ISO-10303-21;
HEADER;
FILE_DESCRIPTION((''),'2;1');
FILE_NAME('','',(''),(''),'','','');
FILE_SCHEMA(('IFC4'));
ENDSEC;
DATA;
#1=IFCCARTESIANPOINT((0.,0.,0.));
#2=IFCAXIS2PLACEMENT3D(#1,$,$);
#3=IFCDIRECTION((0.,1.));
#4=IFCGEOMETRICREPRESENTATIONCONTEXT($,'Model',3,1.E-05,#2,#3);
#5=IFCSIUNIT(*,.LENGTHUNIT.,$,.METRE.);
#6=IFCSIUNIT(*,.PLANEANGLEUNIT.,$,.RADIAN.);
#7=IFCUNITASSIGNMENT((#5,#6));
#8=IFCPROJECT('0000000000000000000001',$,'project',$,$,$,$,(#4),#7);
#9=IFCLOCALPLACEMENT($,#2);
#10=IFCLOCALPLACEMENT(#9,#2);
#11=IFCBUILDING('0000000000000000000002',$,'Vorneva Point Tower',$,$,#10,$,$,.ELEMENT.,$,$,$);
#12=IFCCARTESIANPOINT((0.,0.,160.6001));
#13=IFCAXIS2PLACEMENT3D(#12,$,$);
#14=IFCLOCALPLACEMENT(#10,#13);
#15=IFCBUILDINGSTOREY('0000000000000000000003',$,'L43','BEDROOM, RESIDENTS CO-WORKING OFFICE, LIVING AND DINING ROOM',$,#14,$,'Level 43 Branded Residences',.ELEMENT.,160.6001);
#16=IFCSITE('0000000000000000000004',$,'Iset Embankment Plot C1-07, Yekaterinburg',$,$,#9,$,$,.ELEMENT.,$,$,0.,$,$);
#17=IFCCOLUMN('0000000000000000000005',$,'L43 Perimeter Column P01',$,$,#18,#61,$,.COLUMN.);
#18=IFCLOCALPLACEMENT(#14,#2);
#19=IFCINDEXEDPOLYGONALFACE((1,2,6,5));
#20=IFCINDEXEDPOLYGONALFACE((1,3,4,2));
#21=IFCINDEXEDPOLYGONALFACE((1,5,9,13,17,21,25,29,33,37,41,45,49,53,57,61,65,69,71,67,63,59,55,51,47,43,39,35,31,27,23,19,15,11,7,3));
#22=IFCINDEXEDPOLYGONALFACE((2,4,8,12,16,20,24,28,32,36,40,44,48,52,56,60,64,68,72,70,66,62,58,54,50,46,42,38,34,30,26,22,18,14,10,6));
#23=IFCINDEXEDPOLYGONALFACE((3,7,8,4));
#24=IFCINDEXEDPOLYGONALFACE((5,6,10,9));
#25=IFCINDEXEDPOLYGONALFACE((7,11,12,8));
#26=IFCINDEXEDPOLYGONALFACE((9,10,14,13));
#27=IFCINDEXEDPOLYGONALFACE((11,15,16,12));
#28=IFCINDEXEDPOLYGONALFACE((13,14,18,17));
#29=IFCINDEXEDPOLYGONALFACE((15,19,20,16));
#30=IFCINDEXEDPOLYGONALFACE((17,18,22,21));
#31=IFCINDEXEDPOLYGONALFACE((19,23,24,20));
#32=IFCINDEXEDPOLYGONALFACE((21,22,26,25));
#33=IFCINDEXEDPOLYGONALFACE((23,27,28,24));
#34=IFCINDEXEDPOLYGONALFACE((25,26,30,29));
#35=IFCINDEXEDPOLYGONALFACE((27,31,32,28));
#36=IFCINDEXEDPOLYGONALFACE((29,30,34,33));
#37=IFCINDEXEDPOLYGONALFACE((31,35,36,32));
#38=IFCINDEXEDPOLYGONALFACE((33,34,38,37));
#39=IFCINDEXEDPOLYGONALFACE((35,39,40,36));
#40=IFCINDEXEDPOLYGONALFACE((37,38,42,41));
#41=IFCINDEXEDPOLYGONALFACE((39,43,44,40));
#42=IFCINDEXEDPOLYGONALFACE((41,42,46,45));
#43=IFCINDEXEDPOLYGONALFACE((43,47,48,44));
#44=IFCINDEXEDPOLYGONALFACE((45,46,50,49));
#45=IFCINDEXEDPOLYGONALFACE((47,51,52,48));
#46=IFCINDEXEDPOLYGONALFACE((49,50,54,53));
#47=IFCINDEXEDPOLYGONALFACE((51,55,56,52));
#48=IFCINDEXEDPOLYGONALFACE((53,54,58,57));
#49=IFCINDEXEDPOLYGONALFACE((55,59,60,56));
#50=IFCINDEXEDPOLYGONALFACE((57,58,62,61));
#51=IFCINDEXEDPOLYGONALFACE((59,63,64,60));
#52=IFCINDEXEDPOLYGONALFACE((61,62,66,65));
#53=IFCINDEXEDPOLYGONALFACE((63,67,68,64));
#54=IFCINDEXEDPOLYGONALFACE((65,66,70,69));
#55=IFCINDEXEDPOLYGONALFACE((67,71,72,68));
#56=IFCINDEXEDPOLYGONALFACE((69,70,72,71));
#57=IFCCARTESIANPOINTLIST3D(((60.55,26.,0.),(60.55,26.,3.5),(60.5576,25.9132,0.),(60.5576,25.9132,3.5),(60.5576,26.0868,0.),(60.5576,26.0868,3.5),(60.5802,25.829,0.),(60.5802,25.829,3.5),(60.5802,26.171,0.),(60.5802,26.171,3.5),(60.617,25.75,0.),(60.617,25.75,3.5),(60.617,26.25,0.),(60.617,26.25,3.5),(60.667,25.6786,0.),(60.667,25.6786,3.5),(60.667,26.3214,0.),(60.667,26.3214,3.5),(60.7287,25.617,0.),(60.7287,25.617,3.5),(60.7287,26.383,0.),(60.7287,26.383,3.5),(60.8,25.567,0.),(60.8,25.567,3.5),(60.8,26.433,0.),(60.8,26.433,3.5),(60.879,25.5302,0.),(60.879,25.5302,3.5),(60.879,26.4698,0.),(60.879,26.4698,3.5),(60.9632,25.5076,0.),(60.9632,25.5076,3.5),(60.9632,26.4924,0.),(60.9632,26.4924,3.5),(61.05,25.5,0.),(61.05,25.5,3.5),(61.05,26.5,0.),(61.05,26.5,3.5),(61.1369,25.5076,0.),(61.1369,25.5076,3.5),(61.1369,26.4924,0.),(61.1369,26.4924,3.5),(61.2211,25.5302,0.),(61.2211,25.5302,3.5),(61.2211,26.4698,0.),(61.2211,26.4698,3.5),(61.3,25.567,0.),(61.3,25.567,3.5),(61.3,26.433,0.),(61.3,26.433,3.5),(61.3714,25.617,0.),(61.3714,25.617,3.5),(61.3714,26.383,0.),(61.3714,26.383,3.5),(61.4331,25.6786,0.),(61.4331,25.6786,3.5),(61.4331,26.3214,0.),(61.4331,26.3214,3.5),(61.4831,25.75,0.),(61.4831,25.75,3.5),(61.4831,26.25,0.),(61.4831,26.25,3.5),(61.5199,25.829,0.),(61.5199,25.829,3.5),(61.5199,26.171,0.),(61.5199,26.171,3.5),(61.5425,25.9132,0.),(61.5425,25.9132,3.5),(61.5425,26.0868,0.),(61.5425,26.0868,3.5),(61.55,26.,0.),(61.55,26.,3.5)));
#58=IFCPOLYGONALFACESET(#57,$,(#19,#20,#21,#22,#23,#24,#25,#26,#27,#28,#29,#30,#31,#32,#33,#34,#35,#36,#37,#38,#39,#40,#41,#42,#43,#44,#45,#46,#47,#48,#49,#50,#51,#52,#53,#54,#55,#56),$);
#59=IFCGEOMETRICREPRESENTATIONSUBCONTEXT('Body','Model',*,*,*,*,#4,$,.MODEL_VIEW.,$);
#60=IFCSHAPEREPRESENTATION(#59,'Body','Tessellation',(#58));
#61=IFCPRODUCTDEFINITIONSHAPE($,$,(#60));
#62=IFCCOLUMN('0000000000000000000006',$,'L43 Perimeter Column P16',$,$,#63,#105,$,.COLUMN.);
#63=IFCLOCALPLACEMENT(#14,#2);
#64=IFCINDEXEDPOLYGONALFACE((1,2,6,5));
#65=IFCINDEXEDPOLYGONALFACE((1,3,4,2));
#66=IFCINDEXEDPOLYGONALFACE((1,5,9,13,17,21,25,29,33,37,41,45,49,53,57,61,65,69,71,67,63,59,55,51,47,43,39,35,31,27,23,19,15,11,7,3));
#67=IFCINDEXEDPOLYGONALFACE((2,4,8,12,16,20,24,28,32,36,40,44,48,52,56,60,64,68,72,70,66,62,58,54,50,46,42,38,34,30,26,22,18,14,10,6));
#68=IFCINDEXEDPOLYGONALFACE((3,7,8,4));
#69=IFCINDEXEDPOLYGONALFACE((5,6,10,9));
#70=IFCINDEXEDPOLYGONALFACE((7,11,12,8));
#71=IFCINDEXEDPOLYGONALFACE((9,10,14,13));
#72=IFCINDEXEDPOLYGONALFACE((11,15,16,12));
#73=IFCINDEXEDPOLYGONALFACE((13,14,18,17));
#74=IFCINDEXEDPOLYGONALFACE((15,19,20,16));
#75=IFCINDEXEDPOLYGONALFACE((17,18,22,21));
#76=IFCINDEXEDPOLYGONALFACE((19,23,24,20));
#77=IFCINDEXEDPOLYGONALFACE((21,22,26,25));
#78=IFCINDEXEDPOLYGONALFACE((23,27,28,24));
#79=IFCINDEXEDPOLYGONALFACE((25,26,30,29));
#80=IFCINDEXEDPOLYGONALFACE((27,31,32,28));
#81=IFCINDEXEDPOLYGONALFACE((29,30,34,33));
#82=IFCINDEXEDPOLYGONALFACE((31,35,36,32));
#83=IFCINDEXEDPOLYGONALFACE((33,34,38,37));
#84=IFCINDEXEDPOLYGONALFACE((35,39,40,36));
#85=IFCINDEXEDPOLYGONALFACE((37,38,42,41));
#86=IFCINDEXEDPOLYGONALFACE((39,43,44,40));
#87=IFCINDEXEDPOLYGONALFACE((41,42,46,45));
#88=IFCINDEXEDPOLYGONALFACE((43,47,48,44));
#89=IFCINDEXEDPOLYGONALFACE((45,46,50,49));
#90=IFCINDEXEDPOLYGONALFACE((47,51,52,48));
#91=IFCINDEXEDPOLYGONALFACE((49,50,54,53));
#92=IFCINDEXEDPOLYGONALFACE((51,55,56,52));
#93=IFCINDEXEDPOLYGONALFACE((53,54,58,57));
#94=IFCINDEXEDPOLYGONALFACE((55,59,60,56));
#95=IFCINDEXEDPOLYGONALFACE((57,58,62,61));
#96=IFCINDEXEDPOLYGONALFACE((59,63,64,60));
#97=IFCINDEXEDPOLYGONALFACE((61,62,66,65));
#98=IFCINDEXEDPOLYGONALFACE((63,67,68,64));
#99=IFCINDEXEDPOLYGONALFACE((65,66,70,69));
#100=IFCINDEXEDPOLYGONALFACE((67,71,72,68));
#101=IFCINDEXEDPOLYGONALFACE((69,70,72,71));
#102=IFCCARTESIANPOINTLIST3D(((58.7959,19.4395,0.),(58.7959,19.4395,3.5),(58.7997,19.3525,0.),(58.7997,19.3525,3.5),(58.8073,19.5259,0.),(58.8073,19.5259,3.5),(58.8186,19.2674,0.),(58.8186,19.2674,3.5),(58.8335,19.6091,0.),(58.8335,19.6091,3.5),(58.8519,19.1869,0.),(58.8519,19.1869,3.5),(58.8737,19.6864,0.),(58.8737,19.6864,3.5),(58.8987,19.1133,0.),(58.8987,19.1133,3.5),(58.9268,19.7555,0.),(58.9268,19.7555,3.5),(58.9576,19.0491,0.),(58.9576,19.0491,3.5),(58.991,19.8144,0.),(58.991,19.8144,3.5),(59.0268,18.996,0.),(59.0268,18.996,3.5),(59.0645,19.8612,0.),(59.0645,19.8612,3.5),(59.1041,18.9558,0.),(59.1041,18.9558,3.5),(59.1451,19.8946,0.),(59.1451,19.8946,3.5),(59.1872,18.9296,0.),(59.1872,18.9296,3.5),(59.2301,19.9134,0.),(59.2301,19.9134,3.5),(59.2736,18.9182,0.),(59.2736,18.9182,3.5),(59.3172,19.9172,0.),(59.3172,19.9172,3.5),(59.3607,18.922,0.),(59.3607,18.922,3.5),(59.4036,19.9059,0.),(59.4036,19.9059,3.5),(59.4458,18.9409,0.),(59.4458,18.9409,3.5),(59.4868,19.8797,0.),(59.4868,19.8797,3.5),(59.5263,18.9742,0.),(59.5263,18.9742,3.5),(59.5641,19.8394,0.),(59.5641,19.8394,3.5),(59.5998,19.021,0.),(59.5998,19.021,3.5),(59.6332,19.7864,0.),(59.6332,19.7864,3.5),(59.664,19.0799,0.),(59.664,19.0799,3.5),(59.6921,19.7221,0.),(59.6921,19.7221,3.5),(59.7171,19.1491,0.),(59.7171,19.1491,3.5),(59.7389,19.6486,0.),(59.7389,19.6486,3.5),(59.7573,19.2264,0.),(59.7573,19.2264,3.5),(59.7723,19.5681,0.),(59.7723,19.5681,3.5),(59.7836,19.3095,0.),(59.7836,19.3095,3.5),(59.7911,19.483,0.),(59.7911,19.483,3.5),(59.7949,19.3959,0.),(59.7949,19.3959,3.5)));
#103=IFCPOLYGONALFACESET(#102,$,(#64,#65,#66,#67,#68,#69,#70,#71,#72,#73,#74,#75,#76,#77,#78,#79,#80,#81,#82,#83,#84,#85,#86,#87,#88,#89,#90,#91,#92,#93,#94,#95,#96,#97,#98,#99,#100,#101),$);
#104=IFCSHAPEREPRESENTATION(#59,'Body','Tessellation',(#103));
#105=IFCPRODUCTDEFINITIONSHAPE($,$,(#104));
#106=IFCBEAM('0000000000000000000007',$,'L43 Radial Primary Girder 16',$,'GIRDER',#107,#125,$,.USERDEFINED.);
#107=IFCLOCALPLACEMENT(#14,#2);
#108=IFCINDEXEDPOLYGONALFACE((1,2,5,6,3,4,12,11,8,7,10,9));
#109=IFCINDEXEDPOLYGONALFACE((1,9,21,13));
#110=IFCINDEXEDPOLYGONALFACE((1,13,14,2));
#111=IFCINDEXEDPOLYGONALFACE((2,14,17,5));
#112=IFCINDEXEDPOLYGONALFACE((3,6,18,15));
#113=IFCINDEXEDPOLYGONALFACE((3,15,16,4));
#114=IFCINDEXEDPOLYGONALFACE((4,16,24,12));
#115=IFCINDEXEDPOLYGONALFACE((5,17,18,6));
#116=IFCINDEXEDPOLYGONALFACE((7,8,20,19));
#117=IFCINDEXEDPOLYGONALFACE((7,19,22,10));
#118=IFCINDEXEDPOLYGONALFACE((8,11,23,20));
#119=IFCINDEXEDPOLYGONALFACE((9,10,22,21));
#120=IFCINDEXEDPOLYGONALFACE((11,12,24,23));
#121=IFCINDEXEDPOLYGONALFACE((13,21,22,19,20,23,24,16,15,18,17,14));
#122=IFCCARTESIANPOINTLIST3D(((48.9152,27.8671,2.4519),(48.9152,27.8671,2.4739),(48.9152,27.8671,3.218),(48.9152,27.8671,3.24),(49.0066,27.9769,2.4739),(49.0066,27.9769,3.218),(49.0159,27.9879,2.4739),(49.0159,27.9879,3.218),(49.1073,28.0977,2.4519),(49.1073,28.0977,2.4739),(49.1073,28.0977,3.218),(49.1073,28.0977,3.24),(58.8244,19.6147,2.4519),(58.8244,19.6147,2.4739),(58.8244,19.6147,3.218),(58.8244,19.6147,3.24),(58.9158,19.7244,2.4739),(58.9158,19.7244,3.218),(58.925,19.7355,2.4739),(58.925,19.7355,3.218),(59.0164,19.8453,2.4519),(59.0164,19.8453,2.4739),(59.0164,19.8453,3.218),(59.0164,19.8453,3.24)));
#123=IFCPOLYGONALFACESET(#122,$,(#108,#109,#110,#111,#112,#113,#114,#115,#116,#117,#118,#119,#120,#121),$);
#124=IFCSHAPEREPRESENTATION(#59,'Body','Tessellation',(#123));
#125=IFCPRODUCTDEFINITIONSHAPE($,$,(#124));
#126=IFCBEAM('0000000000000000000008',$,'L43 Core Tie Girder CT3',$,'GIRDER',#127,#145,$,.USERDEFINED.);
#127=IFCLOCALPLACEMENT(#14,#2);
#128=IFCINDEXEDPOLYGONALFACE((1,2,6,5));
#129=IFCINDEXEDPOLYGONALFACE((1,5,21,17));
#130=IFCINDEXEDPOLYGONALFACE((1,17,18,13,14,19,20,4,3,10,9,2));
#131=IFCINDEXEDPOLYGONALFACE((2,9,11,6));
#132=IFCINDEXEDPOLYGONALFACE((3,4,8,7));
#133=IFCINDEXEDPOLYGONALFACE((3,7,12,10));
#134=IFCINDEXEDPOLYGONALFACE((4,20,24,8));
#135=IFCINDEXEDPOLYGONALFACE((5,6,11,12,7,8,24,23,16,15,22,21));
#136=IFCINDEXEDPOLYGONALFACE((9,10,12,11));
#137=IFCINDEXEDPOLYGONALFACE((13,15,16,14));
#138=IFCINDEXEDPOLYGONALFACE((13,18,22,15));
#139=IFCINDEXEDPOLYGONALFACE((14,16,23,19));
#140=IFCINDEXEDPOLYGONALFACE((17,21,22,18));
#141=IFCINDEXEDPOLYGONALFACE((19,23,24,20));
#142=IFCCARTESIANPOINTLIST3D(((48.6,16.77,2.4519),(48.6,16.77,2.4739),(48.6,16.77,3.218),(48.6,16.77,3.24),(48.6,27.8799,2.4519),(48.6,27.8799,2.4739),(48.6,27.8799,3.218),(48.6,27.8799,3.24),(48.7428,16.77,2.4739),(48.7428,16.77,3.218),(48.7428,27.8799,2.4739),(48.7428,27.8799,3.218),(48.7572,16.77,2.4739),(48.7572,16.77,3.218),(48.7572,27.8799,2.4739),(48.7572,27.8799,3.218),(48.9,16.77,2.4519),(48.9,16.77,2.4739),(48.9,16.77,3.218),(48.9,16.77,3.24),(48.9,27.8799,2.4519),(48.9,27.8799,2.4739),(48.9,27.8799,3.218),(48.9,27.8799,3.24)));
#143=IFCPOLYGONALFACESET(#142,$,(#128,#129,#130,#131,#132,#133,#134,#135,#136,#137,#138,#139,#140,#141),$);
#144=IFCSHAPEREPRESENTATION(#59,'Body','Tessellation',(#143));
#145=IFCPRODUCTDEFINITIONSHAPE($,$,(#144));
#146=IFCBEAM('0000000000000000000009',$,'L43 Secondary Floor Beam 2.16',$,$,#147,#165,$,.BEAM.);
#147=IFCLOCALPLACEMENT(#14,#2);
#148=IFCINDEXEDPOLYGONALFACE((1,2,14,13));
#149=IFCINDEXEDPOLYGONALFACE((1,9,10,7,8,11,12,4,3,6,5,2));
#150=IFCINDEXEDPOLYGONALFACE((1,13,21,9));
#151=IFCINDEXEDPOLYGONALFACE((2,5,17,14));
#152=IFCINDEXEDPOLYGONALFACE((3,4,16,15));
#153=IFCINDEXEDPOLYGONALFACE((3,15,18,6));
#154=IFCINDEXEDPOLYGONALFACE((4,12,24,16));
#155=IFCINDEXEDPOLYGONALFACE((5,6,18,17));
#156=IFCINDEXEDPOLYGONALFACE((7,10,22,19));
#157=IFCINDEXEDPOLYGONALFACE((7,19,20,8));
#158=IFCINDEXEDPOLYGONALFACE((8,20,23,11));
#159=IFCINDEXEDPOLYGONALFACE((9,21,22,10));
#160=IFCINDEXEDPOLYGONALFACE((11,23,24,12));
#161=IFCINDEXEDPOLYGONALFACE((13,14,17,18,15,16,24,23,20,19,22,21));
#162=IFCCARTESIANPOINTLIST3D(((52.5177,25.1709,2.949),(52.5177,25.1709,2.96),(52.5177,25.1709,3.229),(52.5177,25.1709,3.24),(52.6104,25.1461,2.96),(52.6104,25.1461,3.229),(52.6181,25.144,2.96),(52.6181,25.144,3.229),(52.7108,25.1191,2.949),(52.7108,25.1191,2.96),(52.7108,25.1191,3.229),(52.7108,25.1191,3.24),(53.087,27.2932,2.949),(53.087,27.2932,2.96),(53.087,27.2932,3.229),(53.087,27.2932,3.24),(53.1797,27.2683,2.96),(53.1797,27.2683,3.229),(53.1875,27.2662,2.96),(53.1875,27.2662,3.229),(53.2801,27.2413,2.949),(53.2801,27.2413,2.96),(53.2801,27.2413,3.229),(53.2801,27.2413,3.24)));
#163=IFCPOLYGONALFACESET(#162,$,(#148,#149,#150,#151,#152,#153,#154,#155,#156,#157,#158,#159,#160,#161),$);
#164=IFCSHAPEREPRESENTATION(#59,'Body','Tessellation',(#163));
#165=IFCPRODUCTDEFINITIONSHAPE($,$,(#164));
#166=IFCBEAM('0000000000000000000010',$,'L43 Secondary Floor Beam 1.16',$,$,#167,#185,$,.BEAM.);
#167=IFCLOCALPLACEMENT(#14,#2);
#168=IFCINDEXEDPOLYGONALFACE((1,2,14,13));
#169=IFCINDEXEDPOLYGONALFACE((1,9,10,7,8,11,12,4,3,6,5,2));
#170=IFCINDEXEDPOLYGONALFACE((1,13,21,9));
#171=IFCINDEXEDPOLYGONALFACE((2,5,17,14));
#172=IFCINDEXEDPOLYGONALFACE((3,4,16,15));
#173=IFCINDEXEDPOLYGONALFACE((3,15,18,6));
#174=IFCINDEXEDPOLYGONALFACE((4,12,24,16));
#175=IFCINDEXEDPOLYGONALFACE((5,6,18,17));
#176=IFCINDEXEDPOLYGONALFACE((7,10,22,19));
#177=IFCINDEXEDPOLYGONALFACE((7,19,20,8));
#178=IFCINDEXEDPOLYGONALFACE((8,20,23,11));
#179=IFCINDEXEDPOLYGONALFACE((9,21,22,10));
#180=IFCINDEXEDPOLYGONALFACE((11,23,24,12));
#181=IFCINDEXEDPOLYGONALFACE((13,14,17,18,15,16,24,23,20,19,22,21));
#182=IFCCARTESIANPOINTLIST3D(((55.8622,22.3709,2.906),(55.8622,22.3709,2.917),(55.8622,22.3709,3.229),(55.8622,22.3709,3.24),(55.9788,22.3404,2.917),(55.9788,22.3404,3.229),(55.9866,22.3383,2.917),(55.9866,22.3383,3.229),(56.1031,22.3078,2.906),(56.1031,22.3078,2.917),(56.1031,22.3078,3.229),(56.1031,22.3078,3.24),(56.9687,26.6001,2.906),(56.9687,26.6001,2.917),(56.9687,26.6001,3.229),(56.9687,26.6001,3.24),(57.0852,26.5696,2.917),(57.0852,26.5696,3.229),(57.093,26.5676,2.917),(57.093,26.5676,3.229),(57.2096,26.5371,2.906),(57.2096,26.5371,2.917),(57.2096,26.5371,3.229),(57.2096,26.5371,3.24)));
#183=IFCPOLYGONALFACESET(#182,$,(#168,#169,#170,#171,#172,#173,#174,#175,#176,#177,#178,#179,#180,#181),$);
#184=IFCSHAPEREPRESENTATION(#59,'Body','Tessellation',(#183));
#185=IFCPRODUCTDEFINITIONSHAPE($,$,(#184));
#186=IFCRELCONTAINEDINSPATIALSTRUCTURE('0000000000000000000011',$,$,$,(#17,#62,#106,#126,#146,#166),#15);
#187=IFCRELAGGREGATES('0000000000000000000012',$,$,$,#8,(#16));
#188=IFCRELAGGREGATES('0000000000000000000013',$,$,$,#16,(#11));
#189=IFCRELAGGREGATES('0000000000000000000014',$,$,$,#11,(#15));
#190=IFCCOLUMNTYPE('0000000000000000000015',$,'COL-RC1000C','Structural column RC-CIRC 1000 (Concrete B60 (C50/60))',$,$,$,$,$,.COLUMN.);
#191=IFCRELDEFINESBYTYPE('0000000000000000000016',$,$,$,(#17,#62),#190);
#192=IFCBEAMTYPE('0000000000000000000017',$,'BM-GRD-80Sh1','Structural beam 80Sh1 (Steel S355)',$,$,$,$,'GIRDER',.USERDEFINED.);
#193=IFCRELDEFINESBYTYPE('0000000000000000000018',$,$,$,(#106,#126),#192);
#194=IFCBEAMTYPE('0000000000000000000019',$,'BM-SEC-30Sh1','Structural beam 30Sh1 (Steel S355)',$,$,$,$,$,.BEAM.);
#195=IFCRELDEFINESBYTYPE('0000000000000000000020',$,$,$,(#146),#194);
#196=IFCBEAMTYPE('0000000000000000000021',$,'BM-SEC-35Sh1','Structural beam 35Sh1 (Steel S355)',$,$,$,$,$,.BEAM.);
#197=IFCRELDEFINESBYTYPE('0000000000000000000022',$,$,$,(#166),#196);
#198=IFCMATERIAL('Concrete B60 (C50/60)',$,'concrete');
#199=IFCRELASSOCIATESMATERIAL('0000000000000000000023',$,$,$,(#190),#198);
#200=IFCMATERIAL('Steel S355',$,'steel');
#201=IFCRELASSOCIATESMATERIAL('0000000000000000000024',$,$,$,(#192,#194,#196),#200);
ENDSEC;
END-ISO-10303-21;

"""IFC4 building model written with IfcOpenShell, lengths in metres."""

from ifc_helpers import new_model, si_unit, direction, frame, origin, origin_2d, place, context, subcontext, project, spatial, circle, i_section, extrude, material, material_profile, profile_set, type_object, element, save


model = new_model("IFC4")

# Units and contexts
model_context = context("Model", 3, precision=1e-05, world=origin(), true_north=direction((0.0, 1.0)))
body_context = subcontext(model_context, "Body", "Model", "MODEL_VIEW")
ifc_project = project(units=[si_unit("LENGTHUNIT", "METRE"), si_unit("PLANEANGLEUNIT", "RADIAN")], contexts=[model_context])

# Site, building, storey
site_placement = place(None, origin())
site = spatial("IfcSite", under=ifc_project, at=site_placement, Name="Iset Embankment Plot C1-07, Yekaterinburg", CompositionType="ELEMENT", RefElevation=0.0)
building_placement = place(site_placement, origin())
building = spatial("IfcBuilding", under=site, at=building_placement, Name="Vorneva Point Tower", CompositionType="ELEMENT")
storey_placement = place(building_placement, frame((0.0, 0.0, 160.6001)))
storey = spatial("IfcBuildingStorey", under=building, at=storey_placement, Name="L43", Description="BEDROOM, RESIDENTS CO-WORKING OFFICE, LIVING AND DINING ROOM", LongName="Level 43 Branded Residences", CompositionType="ELEMENT", Elevation=160.6001)

# Columns
ifc_material_1 = material(Name="Concrete B60 (C50/60)", Category="concrete")
ifc_material_profile_1 = material_profile(ifc_material_1, circle(Radius=0.5, at=origin_2d()), Name="RC-CIRC 1000")
ifc_profile_set_1 = profile_set([ifc_material_profile_1], Name="Concrete B60 (C50/60)")
column_type = type_object("IfcColumnType", Name="COL-RC1000C", Description="Structural column RC-CIRC 1000 (Concrete B60 (C50/60))", PredefinedType="COLUMN", material=ifc_profile_set_1)
for number, where, z_axis, x_axis, name in (
    (1, (61.05, 26.0, 0.0), (0.0, 0.0, 1.0), (1.0, 0.0, 0.0), "L43 Perimeter Column P01"),
    (2, (59.2954, 19.4177, 0.0), (0.0, 0.0, 1.0), (0.92388, -0.382683, 0.0), "L43 Perimeter Column P16"),
):
    element("IfcColumn", number, at=place(storey_placement, frame(where, z_axis=z_axis, x_axis=x_axis)), inside=storey, type_object=column_type, Name=name, PredefinedType="COLUMN", context=body_context, shape_type="SweptSolid", body=[
        extrude(circle(Radius=0.5, at=origin_2d()), origin(), (0.0, 0.0, 1.0), 3.5),
    ])

# Beams
ifc_material_2 = material(Name="Steel S355", Category="steel")
ifc_material_profile_2 = material_profile(ifc_material_2, i_section(OverallWidth=0.3, OverallDepth=0.7881, WebThickness=0.0144, FlangeThickness=0.022, at=origin_2d()), Name="80Sh1")
ifc_profile_set_2 = profile_set([ifc_material_profile_2], Name="Steel S355")
beam_type_1 = type_object("IfcBeamType", Name="BM-GRD-80Sh1", Description="Structural beam 80Sh1 (Steel S355)", ElementType="GIRDER", PredefinedType="USERDEFINED", material=ifc_profile_set_2)
beam_1_placement = place(storey_placement, frame((58.9204, 19.73, 2.8459), z_axis=(-0.76842, 0.639946, 0.0), x_axis=(-0.639946, -0.76842, 0.0)))
element("IfcBeam", 3, at=beam_1_placement, inside=storey, type_object=beam_type_1, Name="L43 Radial Primary Girder 16", ObjectType="GIRDER", PredefinedType="USERDEFINED", context=body_context, shape_type="SweptSolid", body=[
    extrude(i_section(OverallWidth=0.3, OverallDepth=0.7881, WebThickness=0.0144, FlangeThickness=0.022, at=origin_2d()), origin(), (0.0, 0.0, 1.0), 12.8955),
])
beam_2_placement = place(storey_placement, frame((48.75, 16.77, 2.8459), z_axis=(0.0, 1.0, 0.0), x_axis=(-1.0, 0.0, 0.0)))
element("IfcBeam", 4, at=beam_2_placement, inside=storey, type_object=beam_type_1, Name="L43 Core Tie Girder CT3", ObjectType="GIRDER", PredefinedType="USERDEFINED", context=body_context, shape_type="SweptSolid", body=[
    extrude(i_section(OverallWidth=0.3, OverallDepth=0.7881, WebThickness=0.0144, FlangeThickness=0.022, at=origin_2d()), origin(), (0.0, 0.0, 1.0), 11.1099),
])
ifc_material_profile_3 = material_profile(ifc_material_2, i_section(OverallWidth=0.2, OverallDepth=0.291, WebThickness=0.0081, FlangeThickness=0.011, at=origin_2d()), Name="30Sh1")
ifc_profile_set_3 = profile_set([ifc_material_profile_3], Name="Steel S355")
beam_type_2 = type_object("IfcBeamType", Name="BM-SEC-30Sh1", Description="Structural beam 30Sh1 (Steel S355)", PredefinedType="BEAM", material=ifc_profile_set_3)
beam_3_placement = place(storey_placement, frame((52.6143, 25.145, 3.0945), z_axis=(0.259101, 0.96585, 0.0), x_axis=(-0.96585, 0.259101, 0.0)))
element("IfcBeam", 5, at=beam_3_placement, inside=storey, type_object=beam_type_2, Name="L43 Secondary Floor Beam 2.16", PredefinedType="BEAM", context=body_context, shape_type="SweptSolid", body=[
    extrude(i_section(OverallWidth=0.2, OverallDepth=0.291, WebThickness=0.0081, FlangeThickness=0.011, at=origin_2d()), origin(), (0.0, 0.0, 1.0), 2.1973),
])
ifc_material_profile_4 = material_profile(ifc_material_2, i_section(OverallWidth=0.249, OverallDepth=0.334, WebThickness=0.0081, FlangeThickness=0.011, at=origin_2d()), Name="35Sh1")
ifc_profile_set_4 = profile_set([ifc_material_profile_4], Name="Steel S355")
beam_type_3 = type_object("IfcBeamType", Name="BM-SEC-35Sh1", Description="Structural beam 35Sh1 (Steel S355)", PredefinedType="BEAM", material=ifc_profile_set_4)
beam_4_placement = place(storey_placement, frame((55.9827, 22.3394, 3.073), z_axis=(0.253099, 0.96744, 0.0), x_axis=(-0.96744, 0.253099, 0.0)))
element("IfcBeam", 6, at=beam_4_placement, inside=storey, type_object=beam_type_3, Name="L43 Secondary Floor Beam 1.16", PredefinedType="BEAM", context=body_context, shape_type="SweptSolid", body=[
    extrude(i_section(OverallWidth=0.249, OverallDepth=0.334, WebThickness=0.0081, FlangeThickness=0.011, at=origin_2d()), origin(), (0.0, 0.0, 1.0), 4.3716),
])

save(model, "model.ifc")
